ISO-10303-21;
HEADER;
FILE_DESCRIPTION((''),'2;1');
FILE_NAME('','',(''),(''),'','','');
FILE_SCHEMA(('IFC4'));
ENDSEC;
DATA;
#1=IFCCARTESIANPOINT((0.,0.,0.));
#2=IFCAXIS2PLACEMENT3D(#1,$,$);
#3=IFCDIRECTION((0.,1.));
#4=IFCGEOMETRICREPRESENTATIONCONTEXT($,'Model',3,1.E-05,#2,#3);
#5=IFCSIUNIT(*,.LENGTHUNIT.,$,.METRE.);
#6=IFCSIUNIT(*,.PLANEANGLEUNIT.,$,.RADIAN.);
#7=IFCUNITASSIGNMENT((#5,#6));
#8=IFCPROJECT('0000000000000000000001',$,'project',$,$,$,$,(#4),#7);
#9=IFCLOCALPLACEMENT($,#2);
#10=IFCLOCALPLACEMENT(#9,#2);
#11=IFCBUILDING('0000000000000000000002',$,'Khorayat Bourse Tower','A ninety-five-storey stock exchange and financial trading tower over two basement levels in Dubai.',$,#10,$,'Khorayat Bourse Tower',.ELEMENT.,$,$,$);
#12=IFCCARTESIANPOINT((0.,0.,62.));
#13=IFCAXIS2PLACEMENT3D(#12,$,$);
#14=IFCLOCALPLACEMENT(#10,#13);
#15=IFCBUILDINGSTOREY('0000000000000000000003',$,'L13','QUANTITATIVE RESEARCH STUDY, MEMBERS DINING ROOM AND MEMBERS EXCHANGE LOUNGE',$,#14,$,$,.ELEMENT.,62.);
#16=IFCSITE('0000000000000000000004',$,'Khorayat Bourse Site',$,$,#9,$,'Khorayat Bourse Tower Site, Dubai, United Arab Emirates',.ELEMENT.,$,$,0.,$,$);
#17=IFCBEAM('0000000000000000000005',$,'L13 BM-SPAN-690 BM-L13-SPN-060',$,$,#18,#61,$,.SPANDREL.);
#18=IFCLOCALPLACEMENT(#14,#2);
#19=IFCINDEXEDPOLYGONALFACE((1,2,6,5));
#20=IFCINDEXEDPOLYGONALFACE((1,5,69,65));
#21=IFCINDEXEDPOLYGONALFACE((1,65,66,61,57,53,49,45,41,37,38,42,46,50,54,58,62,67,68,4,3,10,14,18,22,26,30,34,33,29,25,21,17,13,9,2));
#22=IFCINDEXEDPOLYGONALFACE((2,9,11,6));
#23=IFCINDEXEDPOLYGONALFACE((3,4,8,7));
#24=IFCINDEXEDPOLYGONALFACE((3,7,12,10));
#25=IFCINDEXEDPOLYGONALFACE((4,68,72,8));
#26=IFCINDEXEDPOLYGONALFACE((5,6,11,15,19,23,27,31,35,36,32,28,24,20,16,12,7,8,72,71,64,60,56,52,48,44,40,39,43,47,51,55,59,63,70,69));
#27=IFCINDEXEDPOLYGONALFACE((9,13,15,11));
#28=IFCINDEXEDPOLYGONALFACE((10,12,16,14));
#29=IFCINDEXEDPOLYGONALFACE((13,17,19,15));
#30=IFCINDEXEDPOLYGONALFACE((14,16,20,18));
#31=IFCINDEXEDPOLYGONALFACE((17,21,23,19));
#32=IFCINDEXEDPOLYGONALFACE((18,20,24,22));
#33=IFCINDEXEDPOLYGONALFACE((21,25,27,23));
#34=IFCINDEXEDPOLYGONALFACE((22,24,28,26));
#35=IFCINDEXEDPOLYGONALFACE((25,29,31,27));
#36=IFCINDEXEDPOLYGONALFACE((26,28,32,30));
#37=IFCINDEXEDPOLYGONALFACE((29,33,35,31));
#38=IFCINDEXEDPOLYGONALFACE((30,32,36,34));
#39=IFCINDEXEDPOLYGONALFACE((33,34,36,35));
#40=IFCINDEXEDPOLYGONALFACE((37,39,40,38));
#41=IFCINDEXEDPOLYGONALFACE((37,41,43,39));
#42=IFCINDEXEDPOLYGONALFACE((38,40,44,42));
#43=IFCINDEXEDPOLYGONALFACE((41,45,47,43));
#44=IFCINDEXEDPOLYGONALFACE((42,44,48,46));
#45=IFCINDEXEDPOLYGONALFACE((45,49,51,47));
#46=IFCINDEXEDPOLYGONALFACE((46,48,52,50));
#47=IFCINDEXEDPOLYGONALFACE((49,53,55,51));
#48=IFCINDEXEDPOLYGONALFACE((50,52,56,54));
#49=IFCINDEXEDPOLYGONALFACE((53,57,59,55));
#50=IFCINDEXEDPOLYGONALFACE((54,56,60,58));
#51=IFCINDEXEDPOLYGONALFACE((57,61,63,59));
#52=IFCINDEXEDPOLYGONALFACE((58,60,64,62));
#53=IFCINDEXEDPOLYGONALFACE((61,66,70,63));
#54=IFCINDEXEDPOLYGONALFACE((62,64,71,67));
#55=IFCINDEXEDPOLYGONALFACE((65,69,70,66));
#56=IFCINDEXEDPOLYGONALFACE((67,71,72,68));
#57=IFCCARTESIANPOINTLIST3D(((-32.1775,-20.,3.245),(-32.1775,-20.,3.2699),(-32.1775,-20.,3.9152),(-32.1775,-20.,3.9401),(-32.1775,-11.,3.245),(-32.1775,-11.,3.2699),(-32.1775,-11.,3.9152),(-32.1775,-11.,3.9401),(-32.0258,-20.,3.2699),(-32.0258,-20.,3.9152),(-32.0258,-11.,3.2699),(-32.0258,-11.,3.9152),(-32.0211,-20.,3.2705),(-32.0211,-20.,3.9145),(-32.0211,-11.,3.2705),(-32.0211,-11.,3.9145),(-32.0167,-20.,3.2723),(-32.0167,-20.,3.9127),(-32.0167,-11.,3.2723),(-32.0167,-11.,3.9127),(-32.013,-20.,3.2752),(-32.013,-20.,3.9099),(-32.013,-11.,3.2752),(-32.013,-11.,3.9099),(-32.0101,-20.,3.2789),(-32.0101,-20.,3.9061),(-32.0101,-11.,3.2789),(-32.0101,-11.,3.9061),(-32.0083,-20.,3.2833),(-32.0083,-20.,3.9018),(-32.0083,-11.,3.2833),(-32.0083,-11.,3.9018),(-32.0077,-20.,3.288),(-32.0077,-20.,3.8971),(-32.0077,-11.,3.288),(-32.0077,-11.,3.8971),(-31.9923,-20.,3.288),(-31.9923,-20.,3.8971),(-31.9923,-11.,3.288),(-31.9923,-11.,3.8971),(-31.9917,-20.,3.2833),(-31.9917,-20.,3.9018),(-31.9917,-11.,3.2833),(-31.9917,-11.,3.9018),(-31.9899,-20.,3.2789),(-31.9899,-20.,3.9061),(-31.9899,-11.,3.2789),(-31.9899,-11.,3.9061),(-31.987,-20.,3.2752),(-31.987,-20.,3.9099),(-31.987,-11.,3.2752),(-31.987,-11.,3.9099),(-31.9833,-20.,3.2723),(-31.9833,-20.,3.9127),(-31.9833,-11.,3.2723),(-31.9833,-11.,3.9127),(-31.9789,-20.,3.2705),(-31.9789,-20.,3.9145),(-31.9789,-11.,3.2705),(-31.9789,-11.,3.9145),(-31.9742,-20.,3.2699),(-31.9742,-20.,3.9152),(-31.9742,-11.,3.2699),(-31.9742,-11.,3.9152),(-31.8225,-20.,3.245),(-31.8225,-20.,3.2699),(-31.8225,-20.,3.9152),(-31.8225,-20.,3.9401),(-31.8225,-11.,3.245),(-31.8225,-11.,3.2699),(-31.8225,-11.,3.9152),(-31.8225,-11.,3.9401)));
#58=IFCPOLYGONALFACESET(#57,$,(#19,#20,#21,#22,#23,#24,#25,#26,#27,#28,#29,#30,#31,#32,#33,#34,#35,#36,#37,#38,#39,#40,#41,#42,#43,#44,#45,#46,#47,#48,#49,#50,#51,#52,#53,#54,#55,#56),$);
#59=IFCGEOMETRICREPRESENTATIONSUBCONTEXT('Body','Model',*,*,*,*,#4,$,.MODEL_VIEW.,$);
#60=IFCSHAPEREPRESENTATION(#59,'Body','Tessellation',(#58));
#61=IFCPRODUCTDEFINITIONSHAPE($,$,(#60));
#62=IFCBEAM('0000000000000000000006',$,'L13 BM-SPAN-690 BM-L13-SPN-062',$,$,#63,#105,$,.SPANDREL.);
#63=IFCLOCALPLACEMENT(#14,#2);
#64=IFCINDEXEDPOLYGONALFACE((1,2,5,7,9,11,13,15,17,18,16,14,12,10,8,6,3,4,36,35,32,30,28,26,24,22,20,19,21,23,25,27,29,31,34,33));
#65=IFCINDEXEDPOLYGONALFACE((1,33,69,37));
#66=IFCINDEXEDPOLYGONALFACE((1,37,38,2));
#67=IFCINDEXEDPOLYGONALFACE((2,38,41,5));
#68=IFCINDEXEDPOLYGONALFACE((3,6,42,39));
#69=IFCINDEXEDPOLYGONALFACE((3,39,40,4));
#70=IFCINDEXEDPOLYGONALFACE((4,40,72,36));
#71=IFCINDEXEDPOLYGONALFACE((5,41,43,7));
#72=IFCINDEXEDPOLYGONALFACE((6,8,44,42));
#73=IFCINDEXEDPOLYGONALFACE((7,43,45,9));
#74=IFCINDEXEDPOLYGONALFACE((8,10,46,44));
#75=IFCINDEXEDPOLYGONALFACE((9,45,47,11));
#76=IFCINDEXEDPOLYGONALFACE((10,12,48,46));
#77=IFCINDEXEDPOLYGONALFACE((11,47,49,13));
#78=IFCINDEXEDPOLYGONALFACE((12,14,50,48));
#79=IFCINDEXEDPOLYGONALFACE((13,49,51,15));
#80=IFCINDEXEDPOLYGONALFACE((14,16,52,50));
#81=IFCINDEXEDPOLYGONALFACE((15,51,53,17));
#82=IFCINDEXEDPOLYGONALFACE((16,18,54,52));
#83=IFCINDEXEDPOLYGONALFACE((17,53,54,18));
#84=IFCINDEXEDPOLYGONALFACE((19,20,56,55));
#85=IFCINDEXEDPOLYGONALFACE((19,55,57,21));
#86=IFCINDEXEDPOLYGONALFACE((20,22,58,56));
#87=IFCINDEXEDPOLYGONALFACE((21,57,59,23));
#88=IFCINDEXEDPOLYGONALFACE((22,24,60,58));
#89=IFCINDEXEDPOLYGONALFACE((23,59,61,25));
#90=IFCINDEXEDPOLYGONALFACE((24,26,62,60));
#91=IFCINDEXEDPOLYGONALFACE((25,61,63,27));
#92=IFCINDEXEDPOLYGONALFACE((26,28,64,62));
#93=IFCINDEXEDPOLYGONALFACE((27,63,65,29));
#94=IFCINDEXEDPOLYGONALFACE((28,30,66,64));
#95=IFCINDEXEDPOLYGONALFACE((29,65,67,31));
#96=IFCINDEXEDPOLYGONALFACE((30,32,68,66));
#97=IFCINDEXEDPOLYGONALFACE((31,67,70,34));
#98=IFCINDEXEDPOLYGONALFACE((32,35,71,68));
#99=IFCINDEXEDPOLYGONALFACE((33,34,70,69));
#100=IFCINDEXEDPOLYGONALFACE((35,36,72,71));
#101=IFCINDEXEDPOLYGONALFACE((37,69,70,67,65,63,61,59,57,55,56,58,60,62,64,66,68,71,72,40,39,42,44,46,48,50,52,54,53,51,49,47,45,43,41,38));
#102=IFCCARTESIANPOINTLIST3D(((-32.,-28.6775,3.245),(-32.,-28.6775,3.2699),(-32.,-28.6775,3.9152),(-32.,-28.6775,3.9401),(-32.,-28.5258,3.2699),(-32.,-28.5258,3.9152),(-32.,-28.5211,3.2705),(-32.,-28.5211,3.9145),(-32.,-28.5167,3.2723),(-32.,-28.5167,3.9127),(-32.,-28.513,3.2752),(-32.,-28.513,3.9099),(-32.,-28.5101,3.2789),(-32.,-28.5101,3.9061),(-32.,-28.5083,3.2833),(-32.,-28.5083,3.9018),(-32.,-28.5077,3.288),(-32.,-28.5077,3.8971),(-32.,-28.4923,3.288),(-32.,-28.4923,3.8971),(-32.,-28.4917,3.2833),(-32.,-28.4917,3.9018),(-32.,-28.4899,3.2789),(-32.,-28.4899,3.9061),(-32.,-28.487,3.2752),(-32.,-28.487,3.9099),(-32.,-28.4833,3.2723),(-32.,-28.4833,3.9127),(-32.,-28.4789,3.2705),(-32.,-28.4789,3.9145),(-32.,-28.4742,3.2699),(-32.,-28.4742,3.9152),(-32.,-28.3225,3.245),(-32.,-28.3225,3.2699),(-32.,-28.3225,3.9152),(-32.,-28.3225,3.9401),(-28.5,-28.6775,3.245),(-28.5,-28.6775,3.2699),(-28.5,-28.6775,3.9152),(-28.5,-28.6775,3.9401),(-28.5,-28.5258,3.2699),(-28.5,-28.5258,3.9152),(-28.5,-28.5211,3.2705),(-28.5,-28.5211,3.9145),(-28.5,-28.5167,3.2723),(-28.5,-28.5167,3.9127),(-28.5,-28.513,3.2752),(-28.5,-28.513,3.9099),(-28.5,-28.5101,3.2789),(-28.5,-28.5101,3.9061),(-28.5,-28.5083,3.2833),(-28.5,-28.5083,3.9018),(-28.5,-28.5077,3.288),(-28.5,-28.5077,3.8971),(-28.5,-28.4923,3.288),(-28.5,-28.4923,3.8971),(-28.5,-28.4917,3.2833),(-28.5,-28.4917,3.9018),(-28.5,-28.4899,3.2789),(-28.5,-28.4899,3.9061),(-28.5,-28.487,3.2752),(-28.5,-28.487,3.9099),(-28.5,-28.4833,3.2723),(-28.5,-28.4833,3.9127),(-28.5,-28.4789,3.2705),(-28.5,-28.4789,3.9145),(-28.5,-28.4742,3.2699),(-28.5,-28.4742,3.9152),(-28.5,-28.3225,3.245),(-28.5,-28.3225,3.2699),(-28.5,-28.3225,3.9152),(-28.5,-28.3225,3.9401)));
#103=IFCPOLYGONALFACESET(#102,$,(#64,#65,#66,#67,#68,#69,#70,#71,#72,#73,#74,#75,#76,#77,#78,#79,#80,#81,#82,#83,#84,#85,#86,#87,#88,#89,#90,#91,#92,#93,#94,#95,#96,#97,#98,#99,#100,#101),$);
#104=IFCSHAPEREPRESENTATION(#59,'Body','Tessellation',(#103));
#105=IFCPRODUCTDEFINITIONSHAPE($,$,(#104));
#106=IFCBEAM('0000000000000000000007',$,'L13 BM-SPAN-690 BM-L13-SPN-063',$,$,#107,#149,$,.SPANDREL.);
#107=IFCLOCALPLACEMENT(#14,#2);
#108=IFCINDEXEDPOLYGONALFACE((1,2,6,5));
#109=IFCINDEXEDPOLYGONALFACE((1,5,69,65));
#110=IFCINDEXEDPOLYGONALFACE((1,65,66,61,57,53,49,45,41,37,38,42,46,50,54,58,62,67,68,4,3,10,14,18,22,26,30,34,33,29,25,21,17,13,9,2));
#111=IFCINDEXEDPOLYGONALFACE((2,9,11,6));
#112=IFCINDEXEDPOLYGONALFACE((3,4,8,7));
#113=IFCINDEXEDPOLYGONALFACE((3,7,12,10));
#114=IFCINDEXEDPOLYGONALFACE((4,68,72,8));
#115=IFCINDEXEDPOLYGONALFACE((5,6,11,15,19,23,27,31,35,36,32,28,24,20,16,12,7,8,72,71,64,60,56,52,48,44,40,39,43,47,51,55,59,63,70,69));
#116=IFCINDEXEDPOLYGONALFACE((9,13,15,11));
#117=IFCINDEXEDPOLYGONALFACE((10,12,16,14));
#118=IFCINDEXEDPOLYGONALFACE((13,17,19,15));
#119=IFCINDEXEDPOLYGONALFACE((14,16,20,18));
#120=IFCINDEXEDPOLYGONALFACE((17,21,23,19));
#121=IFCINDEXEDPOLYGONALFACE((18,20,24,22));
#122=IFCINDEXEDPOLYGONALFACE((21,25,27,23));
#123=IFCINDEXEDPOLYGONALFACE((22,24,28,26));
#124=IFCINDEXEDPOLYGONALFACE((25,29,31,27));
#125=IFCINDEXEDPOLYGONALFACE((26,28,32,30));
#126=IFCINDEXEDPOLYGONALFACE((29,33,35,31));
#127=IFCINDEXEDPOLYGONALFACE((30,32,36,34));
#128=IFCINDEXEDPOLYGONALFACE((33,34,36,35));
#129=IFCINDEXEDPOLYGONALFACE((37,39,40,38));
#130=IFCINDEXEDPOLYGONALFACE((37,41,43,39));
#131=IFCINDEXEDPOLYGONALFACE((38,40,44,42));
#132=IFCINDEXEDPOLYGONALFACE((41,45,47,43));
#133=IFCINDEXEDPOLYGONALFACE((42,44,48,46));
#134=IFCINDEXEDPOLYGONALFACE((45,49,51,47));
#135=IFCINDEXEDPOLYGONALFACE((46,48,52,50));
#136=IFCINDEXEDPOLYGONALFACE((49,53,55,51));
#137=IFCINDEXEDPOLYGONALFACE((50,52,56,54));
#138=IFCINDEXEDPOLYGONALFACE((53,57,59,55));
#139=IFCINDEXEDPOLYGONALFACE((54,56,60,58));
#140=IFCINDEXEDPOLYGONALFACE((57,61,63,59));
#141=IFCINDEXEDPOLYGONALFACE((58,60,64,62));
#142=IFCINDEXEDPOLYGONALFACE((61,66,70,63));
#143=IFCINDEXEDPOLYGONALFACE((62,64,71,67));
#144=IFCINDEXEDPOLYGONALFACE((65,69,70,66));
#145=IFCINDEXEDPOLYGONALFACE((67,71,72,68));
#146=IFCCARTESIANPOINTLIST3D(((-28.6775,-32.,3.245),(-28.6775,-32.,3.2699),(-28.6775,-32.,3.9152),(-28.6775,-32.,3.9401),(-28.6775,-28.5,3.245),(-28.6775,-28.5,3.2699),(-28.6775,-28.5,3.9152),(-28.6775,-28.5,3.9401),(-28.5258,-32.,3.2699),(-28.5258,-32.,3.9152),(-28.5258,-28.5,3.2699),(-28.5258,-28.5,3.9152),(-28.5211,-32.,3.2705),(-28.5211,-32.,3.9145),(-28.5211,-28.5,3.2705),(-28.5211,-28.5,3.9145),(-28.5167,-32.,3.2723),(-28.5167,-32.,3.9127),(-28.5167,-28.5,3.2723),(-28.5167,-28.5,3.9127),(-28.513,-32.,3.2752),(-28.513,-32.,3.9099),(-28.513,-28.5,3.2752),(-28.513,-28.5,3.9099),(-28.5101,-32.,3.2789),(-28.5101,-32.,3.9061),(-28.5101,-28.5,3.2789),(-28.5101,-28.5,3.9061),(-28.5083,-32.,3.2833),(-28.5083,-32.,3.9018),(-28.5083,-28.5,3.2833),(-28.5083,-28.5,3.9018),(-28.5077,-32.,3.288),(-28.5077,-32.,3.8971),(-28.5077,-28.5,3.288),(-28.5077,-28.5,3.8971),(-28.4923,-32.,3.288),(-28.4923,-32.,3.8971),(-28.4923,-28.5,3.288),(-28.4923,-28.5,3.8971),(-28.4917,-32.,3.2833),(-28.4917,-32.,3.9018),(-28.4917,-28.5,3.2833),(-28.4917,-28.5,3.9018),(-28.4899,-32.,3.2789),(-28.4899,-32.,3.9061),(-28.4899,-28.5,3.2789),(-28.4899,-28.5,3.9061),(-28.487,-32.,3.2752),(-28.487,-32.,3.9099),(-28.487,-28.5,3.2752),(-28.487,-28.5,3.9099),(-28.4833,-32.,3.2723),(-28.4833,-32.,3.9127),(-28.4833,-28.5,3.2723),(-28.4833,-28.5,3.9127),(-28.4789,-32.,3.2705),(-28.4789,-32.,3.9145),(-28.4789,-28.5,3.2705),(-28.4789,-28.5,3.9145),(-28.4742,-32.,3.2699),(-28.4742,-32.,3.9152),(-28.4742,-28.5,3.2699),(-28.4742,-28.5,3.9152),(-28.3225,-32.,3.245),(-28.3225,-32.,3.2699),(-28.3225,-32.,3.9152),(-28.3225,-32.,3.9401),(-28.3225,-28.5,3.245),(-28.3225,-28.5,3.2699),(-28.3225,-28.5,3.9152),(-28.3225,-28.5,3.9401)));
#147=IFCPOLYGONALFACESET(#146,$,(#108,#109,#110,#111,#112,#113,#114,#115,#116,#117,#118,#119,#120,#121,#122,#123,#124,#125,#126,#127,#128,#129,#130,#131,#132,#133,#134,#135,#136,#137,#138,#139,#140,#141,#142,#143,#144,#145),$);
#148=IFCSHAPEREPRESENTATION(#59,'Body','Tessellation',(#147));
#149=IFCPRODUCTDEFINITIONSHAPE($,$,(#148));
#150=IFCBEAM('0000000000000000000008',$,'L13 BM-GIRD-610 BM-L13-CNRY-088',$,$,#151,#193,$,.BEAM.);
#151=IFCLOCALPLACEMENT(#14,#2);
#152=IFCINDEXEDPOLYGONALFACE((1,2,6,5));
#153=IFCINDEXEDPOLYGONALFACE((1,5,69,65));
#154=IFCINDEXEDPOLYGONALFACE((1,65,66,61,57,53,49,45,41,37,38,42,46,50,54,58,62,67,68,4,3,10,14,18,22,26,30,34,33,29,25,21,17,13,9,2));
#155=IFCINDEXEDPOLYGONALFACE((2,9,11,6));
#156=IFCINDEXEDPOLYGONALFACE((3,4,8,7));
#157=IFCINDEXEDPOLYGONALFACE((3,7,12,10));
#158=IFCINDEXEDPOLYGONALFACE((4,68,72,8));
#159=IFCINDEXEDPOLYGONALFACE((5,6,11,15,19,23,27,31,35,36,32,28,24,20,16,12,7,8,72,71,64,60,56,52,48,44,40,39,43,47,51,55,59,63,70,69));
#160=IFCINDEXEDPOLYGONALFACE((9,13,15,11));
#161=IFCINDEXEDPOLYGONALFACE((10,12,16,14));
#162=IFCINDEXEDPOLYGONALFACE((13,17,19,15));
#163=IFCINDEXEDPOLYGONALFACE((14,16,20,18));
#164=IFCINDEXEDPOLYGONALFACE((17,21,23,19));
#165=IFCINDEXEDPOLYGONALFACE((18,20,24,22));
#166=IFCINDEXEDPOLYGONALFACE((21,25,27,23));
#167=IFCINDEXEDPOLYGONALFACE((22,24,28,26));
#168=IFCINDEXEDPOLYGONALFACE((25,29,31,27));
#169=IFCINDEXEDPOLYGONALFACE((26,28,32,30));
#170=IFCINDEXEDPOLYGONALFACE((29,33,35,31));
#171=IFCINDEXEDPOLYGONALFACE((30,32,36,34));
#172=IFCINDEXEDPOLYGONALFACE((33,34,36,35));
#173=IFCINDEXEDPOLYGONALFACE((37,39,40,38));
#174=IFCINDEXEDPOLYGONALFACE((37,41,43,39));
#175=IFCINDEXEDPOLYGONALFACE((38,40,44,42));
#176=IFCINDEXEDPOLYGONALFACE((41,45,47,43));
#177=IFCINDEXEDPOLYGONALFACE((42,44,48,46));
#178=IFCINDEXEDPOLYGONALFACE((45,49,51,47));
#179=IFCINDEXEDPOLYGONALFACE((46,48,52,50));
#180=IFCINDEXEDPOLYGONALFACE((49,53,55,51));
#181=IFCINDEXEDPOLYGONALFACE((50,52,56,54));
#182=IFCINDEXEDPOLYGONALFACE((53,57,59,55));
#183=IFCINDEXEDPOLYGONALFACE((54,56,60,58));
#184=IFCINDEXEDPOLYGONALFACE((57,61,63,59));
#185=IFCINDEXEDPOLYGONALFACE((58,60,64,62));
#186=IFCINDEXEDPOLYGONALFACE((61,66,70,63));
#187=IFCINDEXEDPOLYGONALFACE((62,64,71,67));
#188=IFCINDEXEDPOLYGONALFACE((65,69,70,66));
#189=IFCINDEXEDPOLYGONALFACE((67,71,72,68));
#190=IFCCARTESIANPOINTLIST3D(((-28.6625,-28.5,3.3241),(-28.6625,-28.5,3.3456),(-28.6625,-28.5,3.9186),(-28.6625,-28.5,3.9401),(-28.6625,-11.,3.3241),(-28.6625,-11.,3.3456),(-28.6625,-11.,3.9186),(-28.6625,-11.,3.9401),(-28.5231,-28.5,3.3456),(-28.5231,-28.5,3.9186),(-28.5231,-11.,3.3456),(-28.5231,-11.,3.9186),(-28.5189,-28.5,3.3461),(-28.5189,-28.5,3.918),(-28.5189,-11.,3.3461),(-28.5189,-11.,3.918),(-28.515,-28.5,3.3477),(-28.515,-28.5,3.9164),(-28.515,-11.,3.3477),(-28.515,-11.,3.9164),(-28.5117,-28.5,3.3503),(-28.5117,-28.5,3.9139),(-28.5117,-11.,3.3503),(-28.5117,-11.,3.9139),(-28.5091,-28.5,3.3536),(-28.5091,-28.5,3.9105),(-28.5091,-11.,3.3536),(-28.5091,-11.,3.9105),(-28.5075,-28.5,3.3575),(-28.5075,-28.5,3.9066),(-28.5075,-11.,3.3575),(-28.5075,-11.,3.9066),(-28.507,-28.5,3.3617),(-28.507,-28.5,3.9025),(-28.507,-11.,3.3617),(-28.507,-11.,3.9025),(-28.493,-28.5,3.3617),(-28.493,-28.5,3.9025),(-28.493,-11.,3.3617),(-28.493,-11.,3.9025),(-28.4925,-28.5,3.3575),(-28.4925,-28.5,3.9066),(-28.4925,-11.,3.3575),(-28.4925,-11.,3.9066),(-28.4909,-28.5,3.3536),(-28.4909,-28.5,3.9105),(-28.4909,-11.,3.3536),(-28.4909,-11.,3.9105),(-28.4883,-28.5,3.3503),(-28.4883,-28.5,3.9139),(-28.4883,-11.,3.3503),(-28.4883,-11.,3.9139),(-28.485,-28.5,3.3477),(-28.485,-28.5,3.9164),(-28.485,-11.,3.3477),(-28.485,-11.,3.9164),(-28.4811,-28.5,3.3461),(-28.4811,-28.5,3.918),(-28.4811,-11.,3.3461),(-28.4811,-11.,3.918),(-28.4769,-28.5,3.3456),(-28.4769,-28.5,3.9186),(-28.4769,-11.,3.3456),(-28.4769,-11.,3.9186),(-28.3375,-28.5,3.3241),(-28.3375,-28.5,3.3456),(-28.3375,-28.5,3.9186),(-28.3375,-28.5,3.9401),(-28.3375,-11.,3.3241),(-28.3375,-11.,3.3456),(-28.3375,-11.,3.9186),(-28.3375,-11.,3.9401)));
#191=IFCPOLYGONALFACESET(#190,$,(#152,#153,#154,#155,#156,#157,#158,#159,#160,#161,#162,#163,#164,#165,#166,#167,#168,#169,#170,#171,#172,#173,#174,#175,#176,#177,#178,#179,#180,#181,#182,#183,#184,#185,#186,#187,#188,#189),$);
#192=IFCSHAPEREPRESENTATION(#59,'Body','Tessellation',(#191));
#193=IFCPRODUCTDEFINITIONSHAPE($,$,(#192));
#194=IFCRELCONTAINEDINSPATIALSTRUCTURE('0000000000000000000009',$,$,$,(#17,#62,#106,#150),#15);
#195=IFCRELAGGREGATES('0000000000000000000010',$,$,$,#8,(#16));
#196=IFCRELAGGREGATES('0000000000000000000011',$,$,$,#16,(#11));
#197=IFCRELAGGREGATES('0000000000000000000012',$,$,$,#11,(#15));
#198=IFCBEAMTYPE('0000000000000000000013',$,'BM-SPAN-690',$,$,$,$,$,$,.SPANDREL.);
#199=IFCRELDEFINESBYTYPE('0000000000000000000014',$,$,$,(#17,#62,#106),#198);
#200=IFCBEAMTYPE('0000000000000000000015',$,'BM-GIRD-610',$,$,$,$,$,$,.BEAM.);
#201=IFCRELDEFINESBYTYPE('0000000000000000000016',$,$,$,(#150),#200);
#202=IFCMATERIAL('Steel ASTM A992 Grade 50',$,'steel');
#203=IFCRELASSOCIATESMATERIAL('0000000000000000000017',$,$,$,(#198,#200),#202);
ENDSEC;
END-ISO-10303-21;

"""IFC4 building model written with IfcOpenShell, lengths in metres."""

from ifc_helpers import new_model, si_unit, direction, frame, origin, origin_2d, place, context, subcontext, project, spatial, i_section, extrude, source, transform, mapped, material, material_profile, profile_set, type_object, element, save


model = new_model("IFC4")

# Units and contexts
model_context = context("Model", 3, precision=1e-05, world=origin(), true_north=direction((0.0, 1.0)))
body_context = subcontext(model_context, "Body", "Model", "MODEL_VIEW")
ifc_project = project(units=[si_unit("LENGTHUNIT", "METRE"), si_unit("PLANEANGLEUNIT", "RADIAN")], contexts=[model_context])

# Site, building, storey
site_placement = place(None, origin())
site = spatial("IfcSite", under=ifc_project, at=site_placement, Name="Khorayat Bourse Site", LongName="Khorayat Bourse Tower Site, Dubai, United Arab Emirates", CompositionType="ELEMENT", RefElevation=0.0)
building_placement = place(site_placement, origin())
building = spatial("IfcBuilding", under=site, at=building_placement, Name="Khorayat Bourse Tower", Description="A ninety-five-storey stock exchange and financial trading tower over two basement levels in Dubai.", LongName="Khorayat Bourse Tower", CompositionType="ELEMENT")
storey_placement = place(building_placement, frame((0.0, 0.0, 62.0)))
storey = spatial("IfcBuildingStorey", under=building, at=storey_placement, Name="L13", Description="QUANTITATIVE RESEARCH STUDY, MEMBERS DINING ROOM AND MEMBERS EXCHANGE LOUNGE", CompositionType="ELEMENT", Elevation=62.0)

# Beams
ifc_material_1 = material(Name="Steel ASTM A992 Grade 50", Category="steel")
ifc_material_profile_1 = material_profile(ifc_material_1, i_section(OverallWidth=0.355, OverallDepth=0.6951, WebThickness=0.0154, FlangeThickness=0.0249, FilletRadius=0.0181, at=origin_2d()), Name="W690X217")
ifc_profile_set_1 = profile_set([ifc_material_profile_1], Name="Steel ASTM A992 Grade 50")
beam_type_1 = type_object("IfcBeamType", Name="BM-SPAN-690", PredefinedType="SPANDREL", material=ifc_profile_set_1)
shared_shape_1 = source(origin(), body_context, "Body", "SweptSolid", [
    extrude(i_section(OverallWidth=0.355, OverallDepth=0.6951, WebThickness=0.0154, FlangeThickness=0.0249, FilletRadius=0.0181, at=origin_2d()), origin(), (0.0, 0.0, 1.0), 9.0),
])
beam_1_placement = place(storey_placement, frame((-32.0, -20.0, 3.5925), z_axis=(0.0, 1.0, 0.0), x_axis=(-1.0, 0.0, 0.0)))
element("IfcBeam", 1, at=beam_1_placement, inside=storey, type_object=beam_type_1, Name="L13 BM-SPAN-690 BM-L13-SPN-060", PredefinedType="SPANDREL", context=body_context, shape_type="MappedRepresentation", body=[
    mapped(shared_shape_1, transform((0.0, 0.0, 0.0), scale=1.0)),
])
shared_shape_2 = source(origin(), body_context, "Body", "SweptSolid", [
    extrude(i_section(OverallWidth=0.355, OverallDepth=0.6951, WebThickness=0.0154, FlangeThickness=0.0249, FilletRadius=0.0181, at=origin_2d()), origin(), (0.0, 0.0, 1.0), 3.5),
])
for number, where, z_axis, x_axis, name in (
    (2, (-32.0, -28.5, 3.5925), (1.0, 0.0, 0.0), (0.0, 1.0, 0.0), "L13 BM-SPAN-690 BM-L13-SPN-062"),
    (3, (-28.5, -32.0, 3.5925), (0.0, 1.0, 0.0), (-1.0, 0.0, 0.0), "L13 BM-SPAN-690 BM-L13-SPN-063"),
):
    element("IfcBeam", number, at=place(storey_placement, frame(where, z_axis=z_axis, x_axis=x_axis)), inside=storey, type_object=beam_type_1, Name=name, PredefinedType="SPANDREL", context=body_context, shape_type="MappedRepresentation", body=[
        mapped(shared_shape_2, transform((0.0, 0.0, 0.0), scale=1.0)),
    ])
ifc_material_profile_2 = material_profile(ifc_material_1, i_section(OverallWidth=0.325, OverallDepth=0.616, WebThickness=0.0139, FlangeThickness=0.0215, FilletRadius=0.0161, at=origin_2d()), Name="W610X174")
ifc_profile_set_2 = profile_set([ifc_material_profile_2], Name="Steel ASTM A992 Grade 50")
beam_type_2 = type_object("IfcBeamType", Name="BM-GIRD-610", PredefinedType="BEAM", material=ifc_profile_set_2)
shared_shape_3 = source(origin(), body_context, "Body", "SweptSolid", [
    extrude(i_section(OverallWidth=0.325, OverallDepth=0.616, WebThickness=0.0139, FlangeThickness=0.0215, FilletRadius=0.0161, at=origin_2d()), origin(), (0.0, 0.0, 1.0), 17.5),
])
beam_2_placement = place(storey_placement, frame((-28.5, -28.5, 3.6321), z_axis=(0.0, 1.0, 0.0), x_axis=(-1.0, 0.0, 0.0)))
element("IfcBeam", 4, at=beam_2_placement, inside=storey, type_object=beam_type_2, Name="L13 BM-GIRD-610 BM-L13-CNRY-088", PredefinedType="BEAM", context=body_context, shape_type="MappedRepresentation", body=[
    mapped(shared_shape_3, transform((0.0, 0.0, 0.0), scale=1.0)),
])

save(model, "model.ifc")
